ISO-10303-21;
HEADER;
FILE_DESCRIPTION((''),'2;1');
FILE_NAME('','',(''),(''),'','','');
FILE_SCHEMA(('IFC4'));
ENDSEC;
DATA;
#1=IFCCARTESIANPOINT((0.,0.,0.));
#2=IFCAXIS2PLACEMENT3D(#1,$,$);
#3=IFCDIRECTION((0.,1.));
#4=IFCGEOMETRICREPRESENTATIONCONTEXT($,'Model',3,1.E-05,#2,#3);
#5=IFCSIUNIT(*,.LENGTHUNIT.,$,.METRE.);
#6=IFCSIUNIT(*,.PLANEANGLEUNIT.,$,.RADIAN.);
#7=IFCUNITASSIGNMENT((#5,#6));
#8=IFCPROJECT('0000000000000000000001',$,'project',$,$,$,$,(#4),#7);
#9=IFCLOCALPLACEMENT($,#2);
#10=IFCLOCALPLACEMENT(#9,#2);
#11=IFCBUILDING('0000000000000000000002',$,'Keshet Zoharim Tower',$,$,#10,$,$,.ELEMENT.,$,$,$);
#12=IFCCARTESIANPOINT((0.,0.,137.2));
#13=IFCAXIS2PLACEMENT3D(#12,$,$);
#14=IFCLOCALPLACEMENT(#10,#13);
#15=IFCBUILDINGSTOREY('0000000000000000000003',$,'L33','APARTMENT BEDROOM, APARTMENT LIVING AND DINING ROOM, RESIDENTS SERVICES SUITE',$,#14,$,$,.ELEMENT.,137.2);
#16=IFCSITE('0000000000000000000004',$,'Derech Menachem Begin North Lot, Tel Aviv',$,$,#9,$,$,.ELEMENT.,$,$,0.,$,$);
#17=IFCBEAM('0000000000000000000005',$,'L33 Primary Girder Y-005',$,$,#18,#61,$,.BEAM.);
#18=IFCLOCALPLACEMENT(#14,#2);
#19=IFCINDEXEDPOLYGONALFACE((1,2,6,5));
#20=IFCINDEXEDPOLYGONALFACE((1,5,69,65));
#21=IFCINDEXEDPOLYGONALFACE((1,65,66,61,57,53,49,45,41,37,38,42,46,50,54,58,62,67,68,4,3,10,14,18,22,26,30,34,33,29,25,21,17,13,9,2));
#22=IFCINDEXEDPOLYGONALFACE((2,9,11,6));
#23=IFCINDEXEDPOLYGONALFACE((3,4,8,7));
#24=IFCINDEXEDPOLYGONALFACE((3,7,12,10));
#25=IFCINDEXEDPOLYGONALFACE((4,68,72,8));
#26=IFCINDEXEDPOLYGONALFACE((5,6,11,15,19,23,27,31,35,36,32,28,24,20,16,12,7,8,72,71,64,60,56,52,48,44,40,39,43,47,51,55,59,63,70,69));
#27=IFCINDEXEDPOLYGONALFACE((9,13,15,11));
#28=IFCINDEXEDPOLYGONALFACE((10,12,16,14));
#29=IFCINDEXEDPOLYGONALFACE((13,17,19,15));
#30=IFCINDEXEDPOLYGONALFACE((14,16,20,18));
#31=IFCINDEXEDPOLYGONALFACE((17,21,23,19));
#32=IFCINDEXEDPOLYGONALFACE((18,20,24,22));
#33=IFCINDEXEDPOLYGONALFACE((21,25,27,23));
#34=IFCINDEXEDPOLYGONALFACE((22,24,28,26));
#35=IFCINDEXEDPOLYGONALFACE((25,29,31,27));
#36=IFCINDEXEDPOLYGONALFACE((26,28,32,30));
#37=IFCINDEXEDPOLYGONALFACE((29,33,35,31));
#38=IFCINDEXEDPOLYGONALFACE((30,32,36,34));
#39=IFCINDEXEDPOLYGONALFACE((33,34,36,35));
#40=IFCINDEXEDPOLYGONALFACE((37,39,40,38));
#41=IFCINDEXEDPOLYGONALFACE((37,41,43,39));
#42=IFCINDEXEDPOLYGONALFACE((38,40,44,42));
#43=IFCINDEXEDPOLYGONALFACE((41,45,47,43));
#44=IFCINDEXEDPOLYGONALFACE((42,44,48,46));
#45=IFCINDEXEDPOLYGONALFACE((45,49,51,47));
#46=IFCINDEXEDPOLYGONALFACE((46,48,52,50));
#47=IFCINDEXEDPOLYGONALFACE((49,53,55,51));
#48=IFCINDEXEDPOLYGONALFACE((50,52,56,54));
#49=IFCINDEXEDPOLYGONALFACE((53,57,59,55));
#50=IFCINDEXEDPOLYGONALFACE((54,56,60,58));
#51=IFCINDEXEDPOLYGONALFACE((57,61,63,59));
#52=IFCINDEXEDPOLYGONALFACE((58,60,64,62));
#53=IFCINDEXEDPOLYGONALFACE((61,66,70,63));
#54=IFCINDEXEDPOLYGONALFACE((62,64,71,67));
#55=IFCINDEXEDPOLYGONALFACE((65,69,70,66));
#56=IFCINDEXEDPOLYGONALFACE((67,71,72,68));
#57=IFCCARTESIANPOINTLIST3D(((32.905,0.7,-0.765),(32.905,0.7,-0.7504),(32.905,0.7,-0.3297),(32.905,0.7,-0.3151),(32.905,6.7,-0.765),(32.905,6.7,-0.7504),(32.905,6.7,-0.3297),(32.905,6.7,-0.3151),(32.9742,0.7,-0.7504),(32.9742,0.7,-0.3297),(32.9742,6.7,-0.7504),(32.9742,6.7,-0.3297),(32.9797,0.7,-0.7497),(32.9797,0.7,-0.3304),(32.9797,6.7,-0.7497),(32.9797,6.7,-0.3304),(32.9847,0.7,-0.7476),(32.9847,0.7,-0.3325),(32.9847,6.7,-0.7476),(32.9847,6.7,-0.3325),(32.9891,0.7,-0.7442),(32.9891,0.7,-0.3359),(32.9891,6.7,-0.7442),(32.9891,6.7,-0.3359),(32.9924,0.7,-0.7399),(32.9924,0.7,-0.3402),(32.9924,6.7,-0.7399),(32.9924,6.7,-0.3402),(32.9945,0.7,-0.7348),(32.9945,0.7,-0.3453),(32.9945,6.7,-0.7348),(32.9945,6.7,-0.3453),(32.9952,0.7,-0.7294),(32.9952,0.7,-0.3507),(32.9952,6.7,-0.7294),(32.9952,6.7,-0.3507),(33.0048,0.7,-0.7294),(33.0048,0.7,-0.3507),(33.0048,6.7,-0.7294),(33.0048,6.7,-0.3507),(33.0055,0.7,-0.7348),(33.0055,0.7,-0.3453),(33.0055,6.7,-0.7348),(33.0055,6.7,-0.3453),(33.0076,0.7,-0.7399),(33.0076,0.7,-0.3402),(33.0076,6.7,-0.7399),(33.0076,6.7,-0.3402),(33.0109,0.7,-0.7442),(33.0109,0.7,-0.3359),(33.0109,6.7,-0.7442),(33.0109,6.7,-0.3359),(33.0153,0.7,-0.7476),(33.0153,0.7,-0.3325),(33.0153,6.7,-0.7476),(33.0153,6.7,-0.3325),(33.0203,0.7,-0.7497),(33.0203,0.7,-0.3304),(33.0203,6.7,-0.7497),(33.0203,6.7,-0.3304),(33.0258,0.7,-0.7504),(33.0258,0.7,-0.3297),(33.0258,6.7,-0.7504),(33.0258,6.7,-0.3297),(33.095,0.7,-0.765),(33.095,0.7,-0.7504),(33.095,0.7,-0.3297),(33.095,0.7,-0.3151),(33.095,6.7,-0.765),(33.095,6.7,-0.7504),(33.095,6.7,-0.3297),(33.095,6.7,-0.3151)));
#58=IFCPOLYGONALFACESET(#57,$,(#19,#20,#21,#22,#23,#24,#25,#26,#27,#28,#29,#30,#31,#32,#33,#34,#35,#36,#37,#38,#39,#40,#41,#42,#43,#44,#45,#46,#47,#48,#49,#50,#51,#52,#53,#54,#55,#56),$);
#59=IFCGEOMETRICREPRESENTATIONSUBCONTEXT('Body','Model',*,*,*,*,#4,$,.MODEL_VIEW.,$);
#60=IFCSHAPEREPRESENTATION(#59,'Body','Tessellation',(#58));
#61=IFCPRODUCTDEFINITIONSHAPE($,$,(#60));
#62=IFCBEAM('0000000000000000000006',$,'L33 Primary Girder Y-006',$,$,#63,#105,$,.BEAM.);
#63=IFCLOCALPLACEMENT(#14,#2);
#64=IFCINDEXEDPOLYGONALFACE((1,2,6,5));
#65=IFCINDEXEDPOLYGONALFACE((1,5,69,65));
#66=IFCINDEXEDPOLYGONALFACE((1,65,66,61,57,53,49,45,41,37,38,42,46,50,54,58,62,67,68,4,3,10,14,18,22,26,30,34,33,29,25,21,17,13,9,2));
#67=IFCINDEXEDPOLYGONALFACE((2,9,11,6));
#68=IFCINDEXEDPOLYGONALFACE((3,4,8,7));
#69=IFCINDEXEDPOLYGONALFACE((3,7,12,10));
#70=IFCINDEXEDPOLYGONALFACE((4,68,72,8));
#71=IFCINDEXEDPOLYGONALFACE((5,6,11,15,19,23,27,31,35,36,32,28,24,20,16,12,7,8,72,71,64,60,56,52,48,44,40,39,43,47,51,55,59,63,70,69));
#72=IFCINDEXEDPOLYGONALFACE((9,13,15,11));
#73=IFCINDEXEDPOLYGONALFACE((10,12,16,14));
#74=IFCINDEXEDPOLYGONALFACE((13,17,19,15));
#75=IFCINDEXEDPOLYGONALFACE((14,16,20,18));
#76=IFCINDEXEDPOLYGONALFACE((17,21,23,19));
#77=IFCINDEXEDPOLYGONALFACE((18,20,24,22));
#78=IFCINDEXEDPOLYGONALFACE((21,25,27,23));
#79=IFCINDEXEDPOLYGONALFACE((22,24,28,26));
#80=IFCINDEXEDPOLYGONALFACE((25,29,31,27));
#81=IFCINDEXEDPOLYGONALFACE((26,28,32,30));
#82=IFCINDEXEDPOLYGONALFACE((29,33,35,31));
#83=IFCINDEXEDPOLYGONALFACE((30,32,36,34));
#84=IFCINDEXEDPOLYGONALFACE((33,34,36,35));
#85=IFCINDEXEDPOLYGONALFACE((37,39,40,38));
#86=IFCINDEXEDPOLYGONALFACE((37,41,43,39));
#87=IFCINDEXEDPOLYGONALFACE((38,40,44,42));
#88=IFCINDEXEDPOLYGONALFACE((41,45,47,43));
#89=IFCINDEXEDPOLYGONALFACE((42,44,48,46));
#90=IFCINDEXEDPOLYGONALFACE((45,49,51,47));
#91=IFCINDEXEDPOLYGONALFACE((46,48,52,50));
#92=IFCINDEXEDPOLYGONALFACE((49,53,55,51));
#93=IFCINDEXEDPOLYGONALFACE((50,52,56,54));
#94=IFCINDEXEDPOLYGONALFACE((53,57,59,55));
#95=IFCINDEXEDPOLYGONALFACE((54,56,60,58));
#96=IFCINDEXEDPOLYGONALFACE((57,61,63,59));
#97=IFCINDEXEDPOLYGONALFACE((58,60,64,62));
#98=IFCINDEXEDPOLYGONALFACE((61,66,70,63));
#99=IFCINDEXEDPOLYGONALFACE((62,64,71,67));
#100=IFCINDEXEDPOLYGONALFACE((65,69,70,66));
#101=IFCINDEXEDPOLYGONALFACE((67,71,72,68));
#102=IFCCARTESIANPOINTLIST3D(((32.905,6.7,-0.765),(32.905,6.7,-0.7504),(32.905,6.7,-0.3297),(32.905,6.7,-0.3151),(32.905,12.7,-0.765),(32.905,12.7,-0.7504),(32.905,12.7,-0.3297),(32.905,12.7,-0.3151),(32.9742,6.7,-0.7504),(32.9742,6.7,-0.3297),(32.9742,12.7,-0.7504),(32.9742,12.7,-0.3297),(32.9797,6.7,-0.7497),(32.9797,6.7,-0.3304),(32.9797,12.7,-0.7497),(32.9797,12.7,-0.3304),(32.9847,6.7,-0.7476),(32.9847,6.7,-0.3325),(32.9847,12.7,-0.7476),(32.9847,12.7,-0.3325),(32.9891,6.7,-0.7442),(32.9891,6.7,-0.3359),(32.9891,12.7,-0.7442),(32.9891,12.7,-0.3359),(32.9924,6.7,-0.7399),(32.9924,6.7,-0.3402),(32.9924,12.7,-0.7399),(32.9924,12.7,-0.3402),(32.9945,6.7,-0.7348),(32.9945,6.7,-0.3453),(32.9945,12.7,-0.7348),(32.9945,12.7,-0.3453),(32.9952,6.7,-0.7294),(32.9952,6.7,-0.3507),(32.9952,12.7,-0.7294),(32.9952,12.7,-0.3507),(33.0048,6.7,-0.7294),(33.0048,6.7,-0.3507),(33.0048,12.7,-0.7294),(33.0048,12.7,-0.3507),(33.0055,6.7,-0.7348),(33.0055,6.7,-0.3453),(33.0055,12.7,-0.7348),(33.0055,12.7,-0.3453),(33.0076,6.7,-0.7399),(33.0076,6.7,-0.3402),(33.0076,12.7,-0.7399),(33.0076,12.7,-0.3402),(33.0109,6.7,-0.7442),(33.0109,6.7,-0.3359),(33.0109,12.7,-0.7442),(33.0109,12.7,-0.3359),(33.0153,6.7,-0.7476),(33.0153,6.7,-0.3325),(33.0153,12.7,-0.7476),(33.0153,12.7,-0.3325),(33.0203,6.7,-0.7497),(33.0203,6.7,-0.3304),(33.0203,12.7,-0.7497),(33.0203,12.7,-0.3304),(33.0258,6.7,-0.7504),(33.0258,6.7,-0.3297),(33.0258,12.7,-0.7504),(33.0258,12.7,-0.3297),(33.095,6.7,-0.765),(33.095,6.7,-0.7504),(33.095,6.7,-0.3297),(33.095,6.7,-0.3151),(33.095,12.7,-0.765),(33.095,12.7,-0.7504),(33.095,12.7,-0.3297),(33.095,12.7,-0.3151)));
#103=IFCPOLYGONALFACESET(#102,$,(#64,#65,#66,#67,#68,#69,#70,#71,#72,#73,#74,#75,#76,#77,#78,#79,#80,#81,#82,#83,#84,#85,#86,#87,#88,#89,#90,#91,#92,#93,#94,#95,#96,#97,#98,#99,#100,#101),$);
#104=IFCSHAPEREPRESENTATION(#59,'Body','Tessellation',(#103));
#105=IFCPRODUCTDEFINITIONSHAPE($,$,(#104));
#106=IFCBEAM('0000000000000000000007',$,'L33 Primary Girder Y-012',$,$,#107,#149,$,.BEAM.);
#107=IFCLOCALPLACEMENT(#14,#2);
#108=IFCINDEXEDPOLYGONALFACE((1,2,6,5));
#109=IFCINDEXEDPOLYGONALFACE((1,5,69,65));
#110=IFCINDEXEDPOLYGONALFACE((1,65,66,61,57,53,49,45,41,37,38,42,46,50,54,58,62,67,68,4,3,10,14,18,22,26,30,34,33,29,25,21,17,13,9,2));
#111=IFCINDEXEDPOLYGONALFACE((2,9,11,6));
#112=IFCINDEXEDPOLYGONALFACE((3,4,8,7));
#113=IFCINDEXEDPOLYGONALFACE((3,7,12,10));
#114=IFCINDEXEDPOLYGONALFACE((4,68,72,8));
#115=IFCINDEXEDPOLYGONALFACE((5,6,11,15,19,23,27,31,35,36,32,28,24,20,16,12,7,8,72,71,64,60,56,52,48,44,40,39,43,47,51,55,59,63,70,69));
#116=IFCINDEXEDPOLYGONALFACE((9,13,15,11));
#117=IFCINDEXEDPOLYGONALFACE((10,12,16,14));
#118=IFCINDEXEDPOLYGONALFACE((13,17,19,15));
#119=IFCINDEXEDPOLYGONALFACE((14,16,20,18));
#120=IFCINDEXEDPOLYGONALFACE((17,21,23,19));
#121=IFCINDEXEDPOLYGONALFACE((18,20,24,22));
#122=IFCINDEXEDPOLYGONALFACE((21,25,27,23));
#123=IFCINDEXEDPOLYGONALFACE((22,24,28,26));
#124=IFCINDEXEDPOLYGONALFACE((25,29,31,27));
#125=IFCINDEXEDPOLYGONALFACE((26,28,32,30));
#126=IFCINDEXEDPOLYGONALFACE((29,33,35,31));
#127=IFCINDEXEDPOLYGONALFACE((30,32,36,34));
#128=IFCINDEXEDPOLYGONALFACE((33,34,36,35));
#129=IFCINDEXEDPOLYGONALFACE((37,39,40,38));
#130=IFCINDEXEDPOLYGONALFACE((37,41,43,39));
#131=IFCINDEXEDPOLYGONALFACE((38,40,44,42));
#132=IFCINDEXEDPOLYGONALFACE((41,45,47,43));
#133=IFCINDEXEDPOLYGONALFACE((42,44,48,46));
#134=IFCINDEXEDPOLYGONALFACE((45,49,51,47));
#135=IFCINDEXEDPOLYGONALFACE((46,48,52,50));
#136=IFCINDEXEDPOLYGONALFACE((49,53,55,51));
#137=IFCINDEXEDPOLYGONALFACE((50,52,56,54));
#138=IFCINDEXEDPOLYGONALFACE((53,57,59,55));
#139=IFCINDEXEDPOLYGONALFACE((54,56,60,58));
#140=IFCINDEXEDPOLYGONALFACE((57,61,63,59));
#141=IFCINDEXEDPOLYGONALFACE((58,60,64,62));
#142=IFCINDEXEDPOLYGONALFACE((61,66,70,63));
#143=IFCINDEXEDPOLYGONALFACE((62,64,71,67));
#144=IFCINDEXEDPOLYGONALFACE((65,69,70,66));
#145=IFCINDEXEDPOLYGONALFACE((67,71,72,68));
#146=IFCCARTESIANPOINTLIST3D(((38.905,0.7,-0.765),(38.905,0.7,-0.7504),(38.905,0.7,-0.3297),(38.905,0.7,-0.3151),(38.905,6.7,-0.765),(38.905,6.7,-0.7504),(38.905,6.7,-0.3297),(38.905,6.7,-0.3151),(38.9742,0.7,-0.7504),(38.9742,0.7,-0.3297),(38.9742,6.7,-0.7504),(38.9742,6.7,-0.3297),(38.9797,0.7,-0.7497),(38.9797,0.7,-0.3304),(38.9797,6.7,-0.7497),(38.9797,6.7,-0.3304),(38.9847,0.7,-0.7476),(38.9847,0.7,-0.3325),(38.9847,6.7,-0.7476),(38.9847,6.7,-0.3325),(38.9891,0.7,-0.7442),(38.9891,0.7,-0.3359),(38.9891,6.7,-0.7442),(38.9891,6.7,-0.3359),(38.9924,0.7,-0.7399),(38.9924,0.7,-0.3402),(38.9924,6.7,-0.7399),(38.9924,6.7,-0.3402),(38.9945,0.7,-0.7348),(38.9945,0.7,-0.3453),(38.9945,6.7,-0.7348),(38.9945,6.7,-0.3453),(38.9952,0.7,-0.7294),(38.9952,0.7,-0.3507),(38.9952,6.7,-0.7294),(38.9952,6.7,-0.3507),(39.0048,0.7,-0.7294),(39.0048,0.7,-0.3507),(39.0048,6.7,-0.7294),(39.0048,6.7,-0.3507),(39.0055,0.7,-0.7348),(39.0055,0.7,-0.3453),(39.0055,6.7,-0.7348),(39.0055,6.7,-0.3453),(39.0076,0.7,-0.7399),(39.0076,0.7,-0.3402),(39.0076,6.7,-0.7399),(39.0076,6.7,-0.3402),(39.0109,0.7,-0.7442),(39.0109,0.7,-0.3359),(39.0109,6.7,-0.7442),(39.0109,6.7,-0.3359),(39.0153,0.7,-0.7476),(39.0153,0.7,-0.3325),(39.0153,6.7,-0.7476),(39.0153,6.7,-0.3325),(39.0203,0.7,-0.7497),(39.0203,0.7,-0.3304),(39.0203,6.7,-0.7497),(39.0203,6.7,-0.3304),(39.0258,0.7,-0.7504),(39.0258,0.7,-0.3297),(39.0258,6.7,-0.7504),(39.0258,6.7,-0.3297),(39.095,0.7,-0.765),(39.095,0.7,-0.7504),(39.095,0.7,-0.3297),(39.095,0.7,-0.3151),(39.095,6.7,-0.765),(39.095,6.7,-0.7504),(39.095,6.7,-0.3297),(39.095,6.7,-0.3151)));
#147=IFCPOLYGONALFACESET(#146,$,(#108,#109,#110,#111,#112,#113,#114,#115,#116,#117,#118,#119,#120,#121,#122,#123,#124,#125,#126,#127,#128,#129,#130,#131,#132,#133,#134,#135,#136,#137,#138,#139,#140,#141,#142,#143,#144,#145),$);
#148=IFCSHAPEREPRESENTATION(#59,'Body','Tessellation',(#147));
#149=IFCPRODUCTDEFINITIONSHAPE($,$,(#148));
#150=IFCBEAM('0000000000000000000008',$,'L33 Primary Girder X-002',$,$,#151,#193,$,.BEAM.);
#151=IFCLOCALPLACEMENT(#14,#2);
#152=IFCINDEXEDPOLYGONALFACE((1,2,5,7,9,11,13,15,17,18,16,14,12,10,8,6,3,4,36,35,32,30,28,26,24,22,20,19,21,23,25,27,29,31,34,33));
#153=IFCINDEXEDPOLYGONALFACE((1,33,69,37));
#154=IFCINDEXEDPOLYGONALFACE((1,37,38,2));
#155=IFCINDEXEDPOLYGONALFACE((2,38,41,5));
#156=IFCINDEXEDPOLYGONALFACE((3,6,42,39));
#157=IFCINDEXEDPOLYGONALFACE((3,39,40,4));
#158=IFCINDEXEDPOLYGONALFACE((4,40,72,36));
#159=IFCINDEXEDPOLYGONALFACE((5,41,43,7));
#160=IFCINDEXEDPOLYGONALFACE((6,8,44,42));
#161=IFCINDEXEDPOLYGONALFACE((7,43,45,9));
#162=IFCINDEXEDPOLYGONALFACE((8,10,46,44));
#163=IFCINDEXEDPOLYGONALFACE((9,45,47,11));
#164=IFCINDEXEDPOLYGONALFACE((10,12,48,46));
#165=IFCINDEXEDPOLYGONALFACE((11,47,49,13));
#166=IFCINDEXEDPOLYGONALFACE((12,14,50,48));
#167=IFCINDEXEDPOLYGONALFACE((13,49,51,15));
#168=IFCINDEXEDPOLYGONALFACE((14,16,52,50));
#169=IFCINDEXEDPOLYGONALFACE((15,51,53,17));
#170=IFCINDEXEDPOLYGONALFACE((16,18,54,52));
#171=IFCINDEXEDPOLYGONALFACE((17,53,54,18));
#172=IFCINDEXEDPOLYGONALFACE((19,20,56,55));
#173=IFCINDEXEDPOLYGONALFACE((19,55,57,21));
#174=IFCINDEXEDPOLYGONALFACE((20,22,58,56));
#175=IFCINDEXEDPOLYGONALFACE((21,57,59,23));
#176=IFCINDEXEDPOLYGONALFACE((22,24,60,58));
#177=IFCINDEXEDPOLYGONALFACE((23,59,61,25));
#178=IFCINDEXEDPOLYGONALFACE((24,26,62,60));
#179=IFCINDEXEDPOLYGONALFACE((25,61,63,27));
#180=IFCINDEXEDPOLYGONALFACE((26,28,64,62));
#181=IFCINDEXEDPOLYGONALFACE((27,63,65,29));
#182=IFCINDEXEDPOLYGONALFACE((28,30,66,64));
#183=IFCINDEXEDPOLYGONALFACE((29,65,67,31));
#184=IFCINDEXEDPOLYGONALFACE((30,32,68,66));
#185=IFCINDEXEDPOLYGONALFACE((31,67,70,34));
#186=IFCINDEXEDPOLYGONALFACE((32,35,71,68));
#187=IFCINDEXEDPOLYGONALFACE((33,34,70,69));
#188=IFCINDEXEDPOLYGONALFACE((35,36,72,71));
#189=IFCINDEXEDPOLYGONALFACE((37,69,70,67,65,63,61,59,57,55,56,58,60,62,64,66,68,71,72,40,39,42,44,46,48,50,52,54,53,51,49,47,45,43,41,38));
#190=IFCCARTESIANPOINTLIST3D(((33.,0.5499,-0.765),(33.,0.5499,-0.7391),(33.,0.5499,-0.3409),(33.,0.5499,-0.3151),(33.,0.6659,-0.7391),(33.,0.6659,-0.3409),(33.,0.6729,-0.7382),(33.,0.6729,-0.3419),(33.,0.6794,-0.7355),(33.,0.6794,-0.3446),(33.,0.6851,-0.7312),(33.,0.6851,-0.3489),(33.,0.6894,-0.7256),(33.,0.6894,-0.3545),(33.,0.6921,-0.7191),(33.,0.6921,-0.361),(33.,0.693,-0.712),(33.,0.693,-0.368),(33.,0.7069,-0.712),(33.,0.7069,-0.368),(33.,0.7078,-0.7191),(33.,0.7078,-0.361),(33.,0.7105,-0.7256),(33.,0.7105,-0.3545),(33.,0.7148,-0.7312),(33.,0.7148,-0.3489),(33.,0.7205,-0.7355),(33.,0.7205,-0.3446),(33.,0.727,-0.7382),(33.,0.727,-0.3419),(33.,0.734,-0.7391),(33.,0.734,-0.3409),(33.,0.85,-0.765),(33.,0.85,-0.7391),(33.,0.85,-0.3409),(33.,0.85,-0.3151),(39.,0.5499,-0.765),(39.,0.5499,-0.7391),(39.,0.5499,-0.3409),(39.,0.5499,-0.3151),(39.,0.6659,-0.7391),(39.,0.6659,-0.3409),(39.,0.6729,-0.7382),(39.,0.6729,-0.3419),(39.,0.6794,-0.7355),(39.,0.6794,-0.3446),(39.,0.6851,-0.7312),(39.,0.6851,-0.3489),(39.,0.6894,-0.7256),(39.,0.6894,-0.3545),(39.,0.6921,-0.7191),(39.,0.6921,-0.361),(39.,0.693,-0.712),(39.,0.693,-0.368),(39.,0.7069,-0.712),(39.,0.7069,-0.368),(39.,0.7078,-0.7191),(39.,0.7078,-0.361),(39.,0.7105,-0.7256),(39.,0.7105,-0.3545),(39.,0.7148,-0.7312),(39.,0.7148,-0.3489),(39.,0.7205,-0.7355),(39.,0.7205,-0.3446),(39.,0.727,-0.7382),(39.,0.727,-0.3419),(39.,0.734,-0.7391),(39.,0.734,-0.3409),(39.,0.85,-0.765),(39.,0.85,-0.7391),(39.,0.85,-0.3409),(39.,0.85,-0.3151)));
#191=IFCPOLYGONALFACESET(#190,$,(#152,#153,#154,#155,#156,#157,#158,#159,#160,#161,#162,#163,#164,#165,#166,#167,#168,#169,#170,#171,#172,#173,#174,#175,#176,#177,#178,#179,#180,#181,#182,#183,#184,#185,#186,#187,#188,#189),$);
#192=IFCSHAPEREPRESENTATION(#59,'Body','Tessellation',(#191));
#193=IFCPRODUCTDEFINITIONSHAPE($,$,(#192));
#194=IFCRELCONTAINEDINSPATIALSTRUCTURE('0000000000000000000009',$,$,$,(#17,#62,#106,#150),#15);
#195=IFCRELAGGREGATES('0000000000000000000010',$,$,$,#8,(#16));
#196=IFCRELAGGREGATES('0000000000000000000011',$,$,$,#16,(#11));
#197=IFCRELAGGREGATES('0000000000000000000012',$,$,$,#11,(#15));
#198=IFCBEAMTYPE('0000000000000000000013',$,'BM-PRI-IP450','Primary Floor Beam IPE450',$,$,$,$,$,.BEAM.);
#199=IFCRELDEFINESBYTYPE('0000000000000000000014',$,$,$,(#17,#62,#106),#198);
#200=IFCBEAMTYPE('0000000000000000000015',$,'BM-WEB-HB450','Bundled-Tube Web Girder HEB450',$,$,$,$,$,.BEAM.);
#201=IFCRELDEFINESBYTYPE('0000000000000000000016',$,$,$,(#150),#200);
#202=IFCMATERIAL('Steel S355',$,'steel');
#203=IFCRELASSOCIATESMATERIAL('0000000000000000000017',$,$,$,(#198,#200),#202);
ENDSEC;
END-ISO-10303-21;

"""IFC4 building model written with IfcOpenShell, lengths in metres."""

from ifc_helpers import new_model, si_unit, direction, frame, origin, origin_2d, place, context, subcontext, project, spatial, i_section, extrude, material, material_profile, profile_set, type_object, element, save


model = new_model("IFC4")

# Units and contexts
model_context = context("Model", 3, precision=1e-05, world=origin(), true_north=direction((0.0, 1.0)))
body_context = subcontext(model_context, "Body", "Model", "MODEL_VIEW")
ifc_project = project(units=[si_unit("LENGTHUNIT", "METRE"), si_unit("PLANEANGLEUNIT", "RADIAN")], contexts=[model_context])

# Site, building, storey
site_placement = place(None, origin())
site = spatial("IfcSite", under=ifc_project, at=site_placement, Name="Derech Menachem Begin North Lot, Tel Aviv", CompositionType="ELEMENT", RefElevation=0.0)
building_placement = place(site_placement, origin())
building = spatial("IfcBuilding", under=site, at=building_placement, Name="Keshet Zoharim Tower", CompositionType="ELEMENT")
storey_placement = place(building_placement, frame((0.0, 0.0, 137.2)))
storey = spatial("IfcBuildingStorey", under=building, at=storey_placement, Name="L33", Description="APARTMENT BEDROOM, APARTMENT LIVING AND DINING ROOM, RESIDENTS SERVICES SUITE", CompositionType="ELEMENT", Elevation=137.2)

# Shared definitions
ifc_material_1 = material(Name="Steel S355", Category="steel")

# Beams
ifc_material_profile_1 = material_profile(ifc_material_1, i_section(OverallWidth=0.1899, OverallDepth=0.45, WebThickness=0.0095, FlangeThickness=0.0146, FilletRadius=0.021, at=origin_2d()), Name="IPE450")
ifc_profile_set_1 = profile_set([ifc_material_profile_1], Name="Steel S355")
beam_type_1 = type_object("IfcBeamType", Name="BM-PRI-IP450", Description="Primary Floor Beam IPE450", PredefinedType="BEAM", material=ifc_profile_set_1)
for number, where, z_axis, x_axis, name in (
    (1, (33.0, 0.7, -0.54), (0.0, 1.0, 0.0), (-1.0, 0.0, 0.0), "L33 Primary Girder Y-005"),
    (2, (33.0, 6.7, -0.54), (0.0, 1.0, 0.0), (-1.0, 0.0, 0.0), "L33 Primary Girder Y-006"),
    (3, (39.0, 0.7, -0.54), (0.0, 1.0, 0.0), (-1.0, 0.0, 0.0), "L33 Primary Girder Y-012"),
):
    element("IfcBeam", number, at=place(storey_placement, frame(where, z_axis=z_axis, x_axis=x_axis)), inside=storey, type_object=beam_type_1, Name=name, PredefinedType="BEAM", context=body_context, shape_type="SweptSolid", body=[
        extrude(i_section(OverallWidth=0.1899, OverallDepth=0.45, WebThickness=0.0095, FlangeThickness=0.0146, FilletRadius=0.021, at=origin_2d()), origin(), (0.0, 0.0, 1.0), 6.0),
    ])
ifc_material_profile_2 = material_profile(ifc_material_1, i_section(OverallWidth=0.3, OverallDepth=0.45, WebThickness=0.0139, FlangeThickness=0.0259, FilletRadius=0.0271, at=origin_2d()), Name="HEB450")
ifc_profile_set_2 = profile_set([ifc_material_profile_2], Name="Steel S355")
beam_type_2 = type_object("IfcBeamType", Name="BM-WEB-HB450", Description="Bundled-Tube Web Girder HEB450", PredefinedType="BEAM", material=ifc_profile_set_2)
for number, where, z_axis, x_axis, name in (
    (4, (33.0, 0.7, -0.54), (1.0, 0.0, 0.0), (0.0, 1.0, 0.0), "L33 Primary Girder X-002"),
):
    element("IfcBeam", number, at=place(storey_placement, frame(where, z_axis=z_axis, x_axis=x_axis)), inside=storey, type_object=beam_type_2, Name=name, PredefinedType="BEAM", context=body_context, shape_type="SweptSolid", body=[
        extrude(i_section(OverallWidth=0.3, OverallDepth=0.45, WebThickness=0.0139, FlangeThickness=0.0259, FilletRadius=0.0271, at=origin_2d()), origin(), (0.0, 0.0, 1.0), 6.0),
    ])

save(model, "model.ifc")
